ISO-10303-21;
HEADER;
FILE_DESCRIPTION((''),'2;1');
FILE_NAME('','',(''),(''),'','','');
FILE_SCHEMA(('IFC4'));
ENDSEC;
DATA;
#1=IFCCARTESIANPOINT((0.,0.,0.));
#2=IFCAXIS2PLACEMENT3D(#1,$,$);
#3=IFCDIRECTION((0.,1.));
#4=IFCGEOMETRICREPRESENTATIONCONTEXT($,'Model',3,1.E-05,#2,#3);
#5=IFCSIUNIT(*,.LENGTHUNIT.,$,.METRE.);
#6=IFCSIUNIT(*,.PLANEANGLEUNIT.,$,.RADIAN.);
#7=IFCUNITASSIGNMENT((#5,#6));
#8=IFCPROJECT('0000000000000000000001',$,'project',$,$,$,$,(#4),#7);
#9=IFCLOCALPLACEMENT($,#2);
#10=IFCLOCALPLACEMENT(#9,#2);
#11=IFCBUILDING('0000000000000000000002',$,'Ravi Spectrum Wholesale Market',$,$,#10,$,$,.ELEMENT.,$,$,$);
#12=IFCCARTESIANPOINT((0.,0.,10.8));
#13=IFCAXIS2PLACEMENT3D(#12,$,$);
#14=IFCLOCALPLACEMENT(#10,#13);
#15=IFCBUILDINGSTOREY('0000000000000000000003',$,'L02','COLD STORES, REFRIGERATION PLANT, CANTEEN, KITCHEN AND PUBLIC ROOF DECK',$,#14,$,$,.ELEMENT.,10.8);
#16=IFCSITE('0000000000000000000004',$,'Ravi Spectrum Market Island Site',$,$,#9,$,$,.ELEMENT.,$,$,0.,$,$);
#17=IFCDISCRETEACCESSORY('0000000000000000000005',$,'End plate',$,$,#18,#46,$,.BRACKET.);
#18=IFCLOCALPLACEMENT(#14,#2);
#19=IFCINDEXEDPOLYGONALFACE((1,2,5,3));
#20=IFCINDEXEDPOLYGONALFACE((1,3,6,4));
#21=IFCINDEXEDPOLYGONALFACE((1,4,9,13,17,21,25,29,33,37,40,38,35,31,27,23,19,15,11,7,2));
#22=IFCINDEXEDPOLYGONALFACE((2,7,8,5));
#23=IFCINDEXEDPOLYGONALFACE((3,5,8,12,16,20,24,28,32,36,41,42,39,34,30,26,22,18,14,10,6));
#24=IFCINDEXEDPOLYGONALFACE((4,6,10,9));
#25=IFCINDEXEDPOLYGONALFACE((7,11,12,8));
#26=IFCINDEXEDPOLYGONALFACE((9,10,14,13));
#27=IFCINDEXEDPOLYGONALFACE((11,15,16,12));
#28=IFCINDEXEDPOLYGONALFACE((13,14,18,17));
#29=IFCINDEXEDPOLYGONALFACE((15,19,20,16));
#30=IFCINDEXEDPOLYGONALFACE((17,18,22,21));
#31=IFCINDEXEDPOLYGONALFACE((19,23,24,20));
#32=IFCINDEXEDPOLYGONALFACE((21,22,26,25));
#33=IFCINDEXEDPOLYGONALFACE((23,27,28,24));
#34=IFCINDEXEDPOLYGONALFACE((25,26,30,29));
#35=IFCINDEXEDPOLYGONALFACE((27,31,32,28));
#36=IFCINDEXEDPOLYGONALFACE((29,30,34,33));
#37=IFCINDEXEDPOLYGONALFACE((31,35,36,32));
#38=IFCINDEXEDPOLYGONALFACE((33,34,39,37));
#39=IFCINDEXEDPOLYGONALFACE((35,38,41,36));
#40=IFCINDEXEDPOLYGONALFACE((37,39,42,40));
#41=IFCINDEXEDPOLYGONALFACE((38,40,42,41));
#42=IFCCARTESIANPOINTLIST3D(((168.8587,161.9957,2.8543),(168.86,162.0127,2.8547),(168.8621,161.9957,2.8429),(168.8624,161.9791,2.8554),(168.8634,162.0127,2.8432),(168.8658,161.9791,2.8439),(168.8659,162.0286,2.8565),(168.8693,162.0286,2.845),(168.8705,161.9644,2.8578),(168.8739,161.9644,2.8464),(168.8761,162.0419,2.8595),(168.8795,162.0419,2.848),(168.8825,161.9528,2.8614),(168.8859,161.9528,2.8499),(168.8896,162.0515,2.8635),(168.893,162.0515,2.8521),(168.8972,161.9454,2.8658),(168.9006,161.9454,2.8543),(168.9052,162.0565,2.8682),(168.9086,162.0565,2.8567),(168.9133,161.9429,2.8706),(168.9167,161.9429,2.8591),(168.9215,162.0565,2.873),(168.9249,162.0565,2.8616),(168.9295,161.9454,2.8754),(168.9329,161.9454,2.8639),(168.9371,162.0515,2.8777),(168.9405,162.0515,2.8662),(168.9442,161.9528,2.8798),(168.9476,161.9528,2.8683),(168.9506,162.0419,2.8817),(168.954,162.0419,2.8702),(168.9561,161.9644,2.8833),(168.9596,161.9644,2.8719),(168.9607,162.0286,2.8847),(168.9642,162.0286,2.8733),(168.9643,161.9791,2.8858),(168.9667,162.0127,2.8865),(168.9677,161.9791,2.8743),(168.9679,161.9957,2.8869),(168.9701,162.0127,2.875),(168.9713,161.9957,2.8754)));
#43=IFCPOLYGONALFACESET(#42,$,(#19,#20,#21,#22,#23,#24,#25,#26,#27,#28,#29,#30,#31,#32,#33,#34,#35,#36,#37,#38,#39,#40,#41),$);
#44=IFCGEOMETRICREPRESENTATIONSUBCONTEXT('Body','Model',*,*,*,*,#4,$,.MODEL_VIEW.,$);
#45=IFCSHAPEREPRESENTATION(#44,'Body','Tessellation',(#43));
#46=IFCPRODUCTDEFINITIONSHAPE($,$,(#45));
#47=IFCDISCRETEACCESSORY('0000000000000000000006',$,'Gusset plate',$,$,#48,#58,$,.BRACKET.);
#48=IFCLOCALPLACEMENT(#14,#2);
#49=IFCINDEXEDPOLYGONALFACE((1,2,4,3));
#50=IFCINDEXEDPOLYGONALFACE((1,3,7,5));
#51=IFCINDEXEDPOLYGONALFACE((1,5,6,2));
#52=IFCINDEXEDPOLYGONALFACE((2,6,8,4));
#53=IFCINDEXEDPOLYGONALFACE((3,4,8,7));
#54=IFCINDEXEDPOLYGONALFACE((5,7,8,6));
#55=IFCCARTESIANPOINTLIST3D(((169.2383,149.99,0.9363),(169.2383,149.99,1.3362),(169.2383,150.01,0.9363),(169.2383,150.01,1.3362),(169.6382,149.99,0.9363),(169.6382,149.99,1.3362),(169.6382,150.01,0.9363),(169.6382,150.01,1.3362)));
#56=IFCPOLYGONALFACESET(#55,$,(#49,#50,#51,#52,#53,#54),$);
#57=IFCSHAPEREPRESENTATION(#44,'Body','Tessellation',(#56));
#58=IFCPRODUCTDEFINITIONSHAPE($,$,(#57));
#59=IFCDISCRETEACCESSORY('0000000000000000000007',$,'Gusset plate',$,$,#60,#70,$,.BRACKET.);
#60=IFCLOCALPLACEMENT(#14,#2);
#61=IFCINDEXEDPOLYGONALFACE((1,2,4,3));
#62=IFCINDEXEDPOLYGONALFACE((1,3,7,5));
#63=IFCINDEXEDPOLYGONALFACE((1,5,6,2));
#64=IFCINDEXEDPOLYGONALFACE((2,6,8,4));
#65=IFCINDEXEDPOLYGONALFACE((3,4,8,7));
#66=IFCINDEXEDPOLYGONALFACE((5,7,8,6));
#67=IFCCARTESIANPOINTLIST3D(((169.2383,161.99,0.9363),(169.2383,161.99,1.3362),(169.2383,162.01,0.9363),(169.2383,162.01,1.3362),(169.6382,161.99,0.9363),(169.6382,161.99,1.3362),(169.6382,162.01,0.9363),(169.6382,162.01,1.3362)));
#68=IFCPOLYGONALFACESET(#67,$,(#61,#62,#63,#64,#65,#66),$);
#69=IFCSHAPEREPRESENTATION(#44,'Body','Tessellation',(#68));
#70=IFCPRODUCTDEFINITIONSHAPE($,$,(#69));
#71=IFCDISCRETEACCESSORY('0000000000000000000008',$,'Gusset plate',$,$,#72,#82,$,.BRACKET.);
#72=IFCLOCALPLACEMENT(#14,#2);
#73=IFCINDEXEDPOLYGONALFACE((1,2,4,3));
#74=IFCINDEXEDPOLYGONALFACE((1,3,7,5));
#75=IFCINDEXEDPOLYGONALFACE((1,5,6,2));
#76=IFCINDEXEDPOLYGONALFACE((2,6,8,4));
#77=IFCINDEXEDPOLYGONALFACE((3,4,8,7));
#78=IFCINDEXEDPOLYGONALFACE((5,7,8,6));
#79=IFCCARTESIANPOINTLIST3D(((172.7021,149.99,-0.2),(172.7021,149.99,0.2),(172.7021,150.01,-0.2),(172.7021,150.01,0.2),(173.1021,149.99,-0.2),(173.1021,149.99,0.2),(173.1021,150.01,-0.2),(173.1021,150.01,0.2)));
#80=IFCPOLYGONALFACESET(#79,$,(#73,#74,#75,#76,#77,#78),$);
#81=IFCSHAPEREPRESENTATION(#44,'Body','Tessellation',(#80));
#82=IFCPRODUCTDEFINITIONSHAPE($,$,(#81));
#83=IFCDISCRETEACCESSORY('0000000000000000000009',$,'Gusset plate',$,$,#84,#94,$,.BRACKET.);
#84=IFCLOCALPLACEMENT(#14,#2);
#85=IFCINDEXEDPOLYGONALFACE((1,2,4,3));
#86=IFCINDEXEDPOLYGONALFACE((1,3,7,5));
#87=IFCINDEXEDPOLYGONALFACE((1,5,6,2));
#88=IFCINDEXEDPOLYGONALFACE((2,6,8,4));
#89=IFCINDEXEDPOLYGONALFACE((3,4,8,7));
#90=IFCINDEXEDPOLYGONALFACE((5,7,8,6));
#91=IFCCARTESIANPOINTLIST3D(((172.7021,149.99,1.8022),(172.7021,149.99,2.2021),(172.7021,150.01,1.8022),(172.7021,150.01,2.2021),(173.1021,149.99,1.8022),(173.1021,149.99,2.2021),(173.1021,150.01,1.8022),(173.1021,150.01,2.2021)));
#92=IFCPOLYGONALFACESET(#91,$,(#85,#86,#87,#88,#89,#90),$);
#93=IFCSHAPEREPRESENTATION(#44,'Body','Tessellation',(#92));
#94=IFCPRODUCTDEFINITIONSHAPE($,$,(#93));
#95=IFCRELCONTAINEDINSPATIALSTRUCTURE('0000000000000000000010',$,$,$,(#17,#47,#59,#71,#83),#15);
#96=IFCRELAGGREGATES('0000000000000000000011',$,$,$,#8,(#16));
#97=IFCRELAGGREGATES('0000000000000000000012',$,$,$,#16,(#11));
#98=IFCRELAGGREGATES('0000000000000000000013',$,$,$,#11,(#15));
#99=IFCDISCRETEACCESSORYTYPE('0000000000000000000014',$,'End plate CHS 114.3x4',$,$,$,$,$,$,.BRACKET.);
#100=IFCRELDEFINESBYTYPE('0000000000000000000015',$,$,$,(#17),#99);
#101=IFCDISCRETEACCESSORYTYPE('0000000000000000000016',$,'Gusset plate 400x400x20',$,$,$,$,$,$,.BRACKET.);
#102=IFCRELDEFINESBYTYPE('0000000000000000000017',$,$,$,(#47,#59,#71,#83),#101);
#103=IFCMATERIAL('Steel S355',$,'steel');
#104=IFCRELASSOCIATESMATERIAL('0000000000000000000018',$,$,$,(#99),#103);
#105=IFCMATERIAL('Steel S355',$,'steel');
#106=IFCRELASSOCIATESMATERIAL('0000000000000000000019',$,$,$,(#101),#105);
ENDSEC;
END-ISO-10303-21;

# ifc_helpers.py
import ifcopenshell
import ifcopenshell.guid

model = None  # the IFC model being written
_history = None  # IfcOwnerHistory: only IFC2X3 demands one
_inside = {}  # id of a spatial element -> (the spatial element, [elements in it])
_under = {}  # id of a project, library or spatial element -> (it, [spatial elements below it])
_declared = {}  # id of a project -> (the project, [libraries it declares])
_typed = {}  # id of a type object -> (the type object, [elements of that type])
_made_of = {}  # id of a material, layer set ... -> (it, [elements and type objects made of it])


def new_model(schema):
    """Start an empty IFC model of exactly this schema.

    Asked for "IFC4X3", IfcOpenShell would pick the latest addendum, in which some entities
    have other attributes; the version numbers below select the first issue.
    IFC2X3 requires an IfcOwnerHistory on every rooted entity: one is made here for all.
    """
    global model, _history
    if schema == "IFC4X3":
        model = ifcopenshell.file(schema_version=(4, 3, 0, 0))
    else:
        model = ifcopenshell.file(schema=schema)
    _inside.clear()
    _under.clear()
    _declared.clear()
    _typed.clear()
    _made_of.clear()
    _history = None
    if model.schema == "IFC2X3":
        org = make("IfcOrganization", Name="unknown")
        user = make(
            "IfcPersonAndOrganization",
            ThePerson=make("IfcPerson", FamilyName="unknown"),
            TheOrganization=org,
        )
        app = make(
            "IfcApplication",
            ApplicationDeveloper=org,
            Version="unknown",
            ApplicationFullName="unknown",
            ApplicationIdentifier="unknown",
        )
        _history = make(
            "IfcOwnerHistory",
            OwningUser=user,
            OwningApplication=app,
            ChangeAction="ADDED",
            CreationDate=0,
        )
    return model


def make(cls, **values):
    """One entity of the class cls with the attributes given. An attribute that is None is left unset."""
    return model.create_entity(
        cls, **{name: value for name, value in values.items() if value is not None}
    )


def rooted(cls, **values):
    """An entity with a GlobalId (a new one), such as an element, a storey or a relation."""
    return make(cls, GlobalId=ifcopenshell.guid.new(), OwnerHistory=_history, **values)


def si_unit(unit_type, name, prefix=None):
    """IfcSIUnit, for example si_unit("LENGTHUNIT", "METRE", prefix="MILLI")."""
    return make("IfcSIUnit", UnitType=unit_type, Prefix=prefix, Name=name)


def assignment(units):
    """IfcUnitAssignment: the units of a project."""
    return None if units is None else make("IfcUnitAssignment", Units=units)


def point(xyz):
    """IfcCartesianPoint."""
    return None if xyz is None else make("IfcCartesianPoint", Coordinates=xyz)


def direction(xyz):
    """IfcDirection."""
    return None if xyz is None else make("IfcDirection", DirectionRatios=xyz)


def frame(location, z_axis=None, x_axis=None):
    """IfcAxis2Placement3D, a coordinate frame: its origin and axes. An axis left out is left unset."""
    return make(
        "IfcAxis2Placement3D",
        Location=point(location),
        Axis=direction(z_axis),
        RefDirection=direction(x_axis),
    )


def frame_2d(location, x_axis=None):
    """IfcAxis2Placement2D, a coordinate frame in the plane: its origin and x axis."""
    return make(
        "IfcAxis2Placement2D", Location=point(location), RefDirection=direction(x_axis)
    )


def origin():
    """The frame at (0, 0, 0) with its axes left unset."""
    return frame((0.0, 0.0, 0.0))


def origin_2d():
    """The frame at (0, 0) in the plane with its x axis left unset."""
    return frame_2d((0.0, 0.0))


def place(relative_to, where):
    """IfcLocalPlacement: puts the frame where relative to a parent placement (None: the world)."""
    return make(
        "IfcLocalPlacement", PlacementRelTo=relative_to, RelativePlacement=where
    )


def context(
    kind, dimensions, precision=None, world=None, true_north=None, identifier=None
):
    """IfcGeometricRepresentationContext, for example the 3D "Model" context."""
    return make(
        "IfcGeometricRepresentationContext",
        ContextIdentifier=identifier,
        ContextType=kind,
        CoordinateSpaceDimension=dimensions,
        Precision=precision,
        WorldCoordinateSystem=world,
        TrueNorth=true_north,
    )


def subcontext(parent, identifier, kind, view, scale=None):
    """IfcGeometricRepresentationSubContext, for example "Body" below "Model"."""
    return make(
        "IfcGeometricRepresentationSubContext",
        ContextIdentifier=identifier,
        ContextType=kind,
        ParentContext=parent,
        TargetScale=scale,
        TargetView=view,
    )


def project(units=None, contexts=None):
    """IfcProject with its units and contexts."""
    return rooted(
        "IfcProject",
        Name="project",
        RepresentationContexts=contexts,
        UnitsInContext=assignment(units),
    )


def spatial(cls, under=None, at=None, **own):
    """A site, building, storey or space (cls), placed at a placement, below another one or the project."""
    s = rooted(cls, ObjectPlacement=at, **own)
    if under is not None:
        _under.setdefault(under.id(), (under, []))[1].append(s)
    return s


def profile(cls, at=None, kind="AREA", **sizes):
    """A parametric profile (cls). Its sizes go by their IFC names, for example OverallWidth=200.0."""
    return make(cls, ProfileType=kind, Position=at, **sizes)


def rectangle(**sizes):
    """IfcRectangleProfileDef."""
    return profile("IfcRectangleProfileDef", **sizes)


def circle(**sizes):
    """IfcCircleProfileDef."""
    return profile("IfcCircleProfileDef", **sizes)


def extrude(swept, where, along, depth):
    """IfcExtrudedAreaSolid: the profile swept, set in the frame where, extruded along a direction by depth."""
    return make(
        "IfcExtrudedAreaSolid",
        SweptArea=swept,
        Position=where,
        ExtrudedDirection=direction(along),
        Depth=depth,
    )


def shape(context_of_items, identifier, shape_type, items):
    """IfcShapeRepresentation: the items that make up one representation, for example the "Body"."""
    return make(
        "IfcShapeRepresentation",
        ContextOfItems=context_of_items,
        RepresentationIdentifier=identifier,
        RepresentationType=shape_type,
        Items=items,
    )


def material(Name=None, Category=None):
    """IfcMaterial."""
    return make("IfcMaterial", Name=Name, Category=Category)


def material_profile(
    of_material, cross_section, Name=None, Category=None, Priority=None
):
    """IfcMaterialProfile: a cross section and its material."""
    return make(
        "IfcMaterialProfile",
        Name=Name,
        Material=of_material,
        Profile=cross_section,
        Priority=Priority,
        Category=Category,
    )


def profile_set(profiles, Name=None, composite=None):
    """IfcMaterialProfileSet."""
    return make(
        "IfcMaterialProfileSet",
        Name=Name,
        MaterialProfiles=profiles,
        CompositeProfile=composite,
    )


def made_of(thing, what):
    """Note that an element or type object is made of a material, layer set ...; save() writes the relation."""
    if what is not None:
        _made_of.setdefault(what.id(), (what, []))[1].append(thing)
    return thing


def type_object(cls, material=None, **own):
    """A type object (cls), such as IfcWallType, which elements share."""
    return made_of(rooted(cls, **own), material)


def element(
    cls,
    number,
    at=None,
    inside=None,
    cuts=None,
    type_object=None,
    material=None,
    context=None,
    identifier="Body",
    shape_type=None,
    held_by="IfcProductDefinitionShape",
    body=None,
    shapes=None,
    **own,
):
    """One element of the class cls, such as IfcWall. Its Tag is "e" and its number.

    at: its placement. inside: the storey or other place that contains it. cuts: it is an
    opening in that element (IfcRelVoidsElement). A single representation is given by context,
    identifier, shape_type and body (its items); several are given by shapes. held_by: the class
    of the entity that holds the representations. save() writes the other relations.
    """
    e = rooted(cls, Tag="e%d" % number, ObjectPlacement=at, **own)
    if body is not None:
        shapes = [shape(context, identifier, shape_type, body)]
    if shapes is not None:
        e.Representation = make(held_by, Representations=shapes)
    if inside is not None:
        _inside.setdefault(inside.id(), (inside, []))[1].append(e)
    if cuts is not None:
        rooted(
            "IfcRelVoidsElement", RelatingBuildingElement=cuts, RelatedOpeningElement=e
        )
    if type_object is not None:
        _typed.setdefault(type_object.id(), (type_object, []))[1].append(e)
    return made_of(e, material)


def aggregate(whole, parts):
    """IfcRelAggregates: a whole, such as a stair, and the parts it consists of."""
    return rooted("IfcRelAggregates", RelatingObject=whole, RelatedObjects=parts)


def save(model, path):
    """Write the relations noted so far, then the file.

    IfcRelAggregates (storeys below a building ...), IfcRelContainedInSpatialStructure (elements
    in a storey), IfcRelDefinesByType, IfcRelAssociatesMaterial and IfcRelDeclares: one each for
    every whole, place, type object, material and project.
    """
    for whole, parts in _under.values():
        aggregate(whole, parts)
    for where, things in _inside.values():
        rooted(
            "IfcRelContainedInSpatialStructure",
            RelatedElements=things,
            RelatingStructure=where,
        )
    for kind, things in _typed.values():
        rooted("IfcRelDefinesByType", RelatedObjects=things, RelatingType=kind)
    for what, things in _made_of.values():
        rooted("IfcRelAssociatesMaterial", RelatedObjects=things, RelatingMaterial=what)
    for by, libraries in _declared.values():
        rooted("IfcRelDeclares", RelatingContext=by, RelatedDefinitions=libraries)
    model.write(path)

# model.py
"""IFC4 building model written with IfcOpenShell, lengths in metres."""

from ifc_helpers import new_model, si_unit, direction, frame, origin, origin_2d, place, context, subcontext, project, spatial, rectangle, circle, extrude, material, material_profile, profile_set, type_object, element, save


model = new_model("IFC4")

# Units and contexts
model_context = context("Model", 3, precision=1e-05, world=origin(), true_north=direction((0.0, 1.0)))
body_context = subcontext(model_context, "Body", "Model", "MODEL_VIEW")
ifc_project = project(units=[si_unit("LENGTHUNIT", "METRE"), si_unit("PLANEANGLEUNIT", "RADIAN")], contexts=[model_context])

# Site, building, storey
site_placement = place(None, origin())
site = spatial("IfcSite", under=ifc_project, at=site_placement, Name="Ravi Spectrum Market Island Site", CompositionType="ELEMENT", RefElevation=0.0)
building_placement = place(site_placement, origin())
building = spatial("IfcBuilding", under=site, at=building_placement, Name="Ravi Spectrum Wholesale Market", CompositionType="ELEMENT")
storey_placement = place(building_placement, frame((0.0, 0.0, 10.8)))
storey = spatial("IfcBuildingStorey", under=building, at=storey_placement, Name="L02", Description="COLD STORES, REFRIGERATION PLANT, CANTEEN, KITCHEN AND PUBLIC ROOF DECK", CompositionType="ELEMENT", Elevation=10.8)

# Discrete accessories
ifc_material_1 = material(Name="Steel S355", Category="steel")
ifc_material_profile_1 = material_profile(ifc_material_1, circle(Radius=0.0571, at=origin_2d()))
ifc_profile_set_1 = profile_set([ifc_material_profile_1], Name="Steel S355")
discrete_accessory_type_1 = type_object("IfcDiscreteAccessoryType", Name="End plate CHS 114.3x4", PredefinedType="BRACKET", material=ifc_profile_set_1)
discrete_accessory_1_placement = place(storey_placement, frame((168.9167, 162.0, 2.8591), z_axis=(-0.285477, 0.0, 0.958386), x_axis=(0.0, -1.0, 0.0)))
element("IfcDiscreteAccessory", 1, at=discrete_accessory_1_placement, inside=storey, type_object=discrete_accessory_type_1, Name="End plate", PredefinedType="BRACKET", context=body_context, shape_type="SweptSolid", body=[
    extrude(circle(Radius=0.0571, at=origin_2d()), origin(), (0.0, 0.0, 1.0), 0.012),
])
ifc_material_2 = material(Name="Steel S355", Category="steel")
ifc_material_profile_2 = material_profile(ifc_material_2, rectangle(XDim=0.3999, YDim=0.02, at=origin_2d()))
ifc_profile_set_2 = profile_set([ifc_material_profile_2], Name="Steel S355")
discrete_accessory_type_2 = type_object("IfcDiscreteAccessoryType", Name="Gusset plate 400x400x20", PredefinedType="BRACKET", material=ifc_profile_set_2)
for number, where, z_axis, x_axis, name in (
    (2, (169.4382, 150.0, 0.9363), (0.0, 0.0, 1.0), (1.0, 0.0, 0.0), "Gusset plate"),
    (3, (169.4382, 162.0, 0.9363), (0.0, 0.0, 1.0), (1.0, 0.0, 0.0), "Gusset plate"),
    (4, (172.9021, 150.0, -0.2), (0.0, 0.0, 1.0), (1.0, 0.0, 0.0), "Gusset plate"),
    (5, (172.9021, 150.0, 1.8022), (0.0, 0.0, 1.0), (1.0, 0.0, 0.0), "Gusset plate"),
):
    element("IfcDiscreteAccessory", number, at=place(storey_placement, frame(where, z_axis=z_axis, x_axis=x_axis)), inside=storey, type_object=discrete_accessory_type_2, Name=name, PredefinedType="BRACKET", context=body_context, shape_type="SweptSolid", body=[
        extrude(rectangle(XDim=0.3999, YDim=0.02, at=origin_2d()), origin(), (0.0, 0.0, 1.0), 0.3999),
    ])

save(model, "model.ifc")
